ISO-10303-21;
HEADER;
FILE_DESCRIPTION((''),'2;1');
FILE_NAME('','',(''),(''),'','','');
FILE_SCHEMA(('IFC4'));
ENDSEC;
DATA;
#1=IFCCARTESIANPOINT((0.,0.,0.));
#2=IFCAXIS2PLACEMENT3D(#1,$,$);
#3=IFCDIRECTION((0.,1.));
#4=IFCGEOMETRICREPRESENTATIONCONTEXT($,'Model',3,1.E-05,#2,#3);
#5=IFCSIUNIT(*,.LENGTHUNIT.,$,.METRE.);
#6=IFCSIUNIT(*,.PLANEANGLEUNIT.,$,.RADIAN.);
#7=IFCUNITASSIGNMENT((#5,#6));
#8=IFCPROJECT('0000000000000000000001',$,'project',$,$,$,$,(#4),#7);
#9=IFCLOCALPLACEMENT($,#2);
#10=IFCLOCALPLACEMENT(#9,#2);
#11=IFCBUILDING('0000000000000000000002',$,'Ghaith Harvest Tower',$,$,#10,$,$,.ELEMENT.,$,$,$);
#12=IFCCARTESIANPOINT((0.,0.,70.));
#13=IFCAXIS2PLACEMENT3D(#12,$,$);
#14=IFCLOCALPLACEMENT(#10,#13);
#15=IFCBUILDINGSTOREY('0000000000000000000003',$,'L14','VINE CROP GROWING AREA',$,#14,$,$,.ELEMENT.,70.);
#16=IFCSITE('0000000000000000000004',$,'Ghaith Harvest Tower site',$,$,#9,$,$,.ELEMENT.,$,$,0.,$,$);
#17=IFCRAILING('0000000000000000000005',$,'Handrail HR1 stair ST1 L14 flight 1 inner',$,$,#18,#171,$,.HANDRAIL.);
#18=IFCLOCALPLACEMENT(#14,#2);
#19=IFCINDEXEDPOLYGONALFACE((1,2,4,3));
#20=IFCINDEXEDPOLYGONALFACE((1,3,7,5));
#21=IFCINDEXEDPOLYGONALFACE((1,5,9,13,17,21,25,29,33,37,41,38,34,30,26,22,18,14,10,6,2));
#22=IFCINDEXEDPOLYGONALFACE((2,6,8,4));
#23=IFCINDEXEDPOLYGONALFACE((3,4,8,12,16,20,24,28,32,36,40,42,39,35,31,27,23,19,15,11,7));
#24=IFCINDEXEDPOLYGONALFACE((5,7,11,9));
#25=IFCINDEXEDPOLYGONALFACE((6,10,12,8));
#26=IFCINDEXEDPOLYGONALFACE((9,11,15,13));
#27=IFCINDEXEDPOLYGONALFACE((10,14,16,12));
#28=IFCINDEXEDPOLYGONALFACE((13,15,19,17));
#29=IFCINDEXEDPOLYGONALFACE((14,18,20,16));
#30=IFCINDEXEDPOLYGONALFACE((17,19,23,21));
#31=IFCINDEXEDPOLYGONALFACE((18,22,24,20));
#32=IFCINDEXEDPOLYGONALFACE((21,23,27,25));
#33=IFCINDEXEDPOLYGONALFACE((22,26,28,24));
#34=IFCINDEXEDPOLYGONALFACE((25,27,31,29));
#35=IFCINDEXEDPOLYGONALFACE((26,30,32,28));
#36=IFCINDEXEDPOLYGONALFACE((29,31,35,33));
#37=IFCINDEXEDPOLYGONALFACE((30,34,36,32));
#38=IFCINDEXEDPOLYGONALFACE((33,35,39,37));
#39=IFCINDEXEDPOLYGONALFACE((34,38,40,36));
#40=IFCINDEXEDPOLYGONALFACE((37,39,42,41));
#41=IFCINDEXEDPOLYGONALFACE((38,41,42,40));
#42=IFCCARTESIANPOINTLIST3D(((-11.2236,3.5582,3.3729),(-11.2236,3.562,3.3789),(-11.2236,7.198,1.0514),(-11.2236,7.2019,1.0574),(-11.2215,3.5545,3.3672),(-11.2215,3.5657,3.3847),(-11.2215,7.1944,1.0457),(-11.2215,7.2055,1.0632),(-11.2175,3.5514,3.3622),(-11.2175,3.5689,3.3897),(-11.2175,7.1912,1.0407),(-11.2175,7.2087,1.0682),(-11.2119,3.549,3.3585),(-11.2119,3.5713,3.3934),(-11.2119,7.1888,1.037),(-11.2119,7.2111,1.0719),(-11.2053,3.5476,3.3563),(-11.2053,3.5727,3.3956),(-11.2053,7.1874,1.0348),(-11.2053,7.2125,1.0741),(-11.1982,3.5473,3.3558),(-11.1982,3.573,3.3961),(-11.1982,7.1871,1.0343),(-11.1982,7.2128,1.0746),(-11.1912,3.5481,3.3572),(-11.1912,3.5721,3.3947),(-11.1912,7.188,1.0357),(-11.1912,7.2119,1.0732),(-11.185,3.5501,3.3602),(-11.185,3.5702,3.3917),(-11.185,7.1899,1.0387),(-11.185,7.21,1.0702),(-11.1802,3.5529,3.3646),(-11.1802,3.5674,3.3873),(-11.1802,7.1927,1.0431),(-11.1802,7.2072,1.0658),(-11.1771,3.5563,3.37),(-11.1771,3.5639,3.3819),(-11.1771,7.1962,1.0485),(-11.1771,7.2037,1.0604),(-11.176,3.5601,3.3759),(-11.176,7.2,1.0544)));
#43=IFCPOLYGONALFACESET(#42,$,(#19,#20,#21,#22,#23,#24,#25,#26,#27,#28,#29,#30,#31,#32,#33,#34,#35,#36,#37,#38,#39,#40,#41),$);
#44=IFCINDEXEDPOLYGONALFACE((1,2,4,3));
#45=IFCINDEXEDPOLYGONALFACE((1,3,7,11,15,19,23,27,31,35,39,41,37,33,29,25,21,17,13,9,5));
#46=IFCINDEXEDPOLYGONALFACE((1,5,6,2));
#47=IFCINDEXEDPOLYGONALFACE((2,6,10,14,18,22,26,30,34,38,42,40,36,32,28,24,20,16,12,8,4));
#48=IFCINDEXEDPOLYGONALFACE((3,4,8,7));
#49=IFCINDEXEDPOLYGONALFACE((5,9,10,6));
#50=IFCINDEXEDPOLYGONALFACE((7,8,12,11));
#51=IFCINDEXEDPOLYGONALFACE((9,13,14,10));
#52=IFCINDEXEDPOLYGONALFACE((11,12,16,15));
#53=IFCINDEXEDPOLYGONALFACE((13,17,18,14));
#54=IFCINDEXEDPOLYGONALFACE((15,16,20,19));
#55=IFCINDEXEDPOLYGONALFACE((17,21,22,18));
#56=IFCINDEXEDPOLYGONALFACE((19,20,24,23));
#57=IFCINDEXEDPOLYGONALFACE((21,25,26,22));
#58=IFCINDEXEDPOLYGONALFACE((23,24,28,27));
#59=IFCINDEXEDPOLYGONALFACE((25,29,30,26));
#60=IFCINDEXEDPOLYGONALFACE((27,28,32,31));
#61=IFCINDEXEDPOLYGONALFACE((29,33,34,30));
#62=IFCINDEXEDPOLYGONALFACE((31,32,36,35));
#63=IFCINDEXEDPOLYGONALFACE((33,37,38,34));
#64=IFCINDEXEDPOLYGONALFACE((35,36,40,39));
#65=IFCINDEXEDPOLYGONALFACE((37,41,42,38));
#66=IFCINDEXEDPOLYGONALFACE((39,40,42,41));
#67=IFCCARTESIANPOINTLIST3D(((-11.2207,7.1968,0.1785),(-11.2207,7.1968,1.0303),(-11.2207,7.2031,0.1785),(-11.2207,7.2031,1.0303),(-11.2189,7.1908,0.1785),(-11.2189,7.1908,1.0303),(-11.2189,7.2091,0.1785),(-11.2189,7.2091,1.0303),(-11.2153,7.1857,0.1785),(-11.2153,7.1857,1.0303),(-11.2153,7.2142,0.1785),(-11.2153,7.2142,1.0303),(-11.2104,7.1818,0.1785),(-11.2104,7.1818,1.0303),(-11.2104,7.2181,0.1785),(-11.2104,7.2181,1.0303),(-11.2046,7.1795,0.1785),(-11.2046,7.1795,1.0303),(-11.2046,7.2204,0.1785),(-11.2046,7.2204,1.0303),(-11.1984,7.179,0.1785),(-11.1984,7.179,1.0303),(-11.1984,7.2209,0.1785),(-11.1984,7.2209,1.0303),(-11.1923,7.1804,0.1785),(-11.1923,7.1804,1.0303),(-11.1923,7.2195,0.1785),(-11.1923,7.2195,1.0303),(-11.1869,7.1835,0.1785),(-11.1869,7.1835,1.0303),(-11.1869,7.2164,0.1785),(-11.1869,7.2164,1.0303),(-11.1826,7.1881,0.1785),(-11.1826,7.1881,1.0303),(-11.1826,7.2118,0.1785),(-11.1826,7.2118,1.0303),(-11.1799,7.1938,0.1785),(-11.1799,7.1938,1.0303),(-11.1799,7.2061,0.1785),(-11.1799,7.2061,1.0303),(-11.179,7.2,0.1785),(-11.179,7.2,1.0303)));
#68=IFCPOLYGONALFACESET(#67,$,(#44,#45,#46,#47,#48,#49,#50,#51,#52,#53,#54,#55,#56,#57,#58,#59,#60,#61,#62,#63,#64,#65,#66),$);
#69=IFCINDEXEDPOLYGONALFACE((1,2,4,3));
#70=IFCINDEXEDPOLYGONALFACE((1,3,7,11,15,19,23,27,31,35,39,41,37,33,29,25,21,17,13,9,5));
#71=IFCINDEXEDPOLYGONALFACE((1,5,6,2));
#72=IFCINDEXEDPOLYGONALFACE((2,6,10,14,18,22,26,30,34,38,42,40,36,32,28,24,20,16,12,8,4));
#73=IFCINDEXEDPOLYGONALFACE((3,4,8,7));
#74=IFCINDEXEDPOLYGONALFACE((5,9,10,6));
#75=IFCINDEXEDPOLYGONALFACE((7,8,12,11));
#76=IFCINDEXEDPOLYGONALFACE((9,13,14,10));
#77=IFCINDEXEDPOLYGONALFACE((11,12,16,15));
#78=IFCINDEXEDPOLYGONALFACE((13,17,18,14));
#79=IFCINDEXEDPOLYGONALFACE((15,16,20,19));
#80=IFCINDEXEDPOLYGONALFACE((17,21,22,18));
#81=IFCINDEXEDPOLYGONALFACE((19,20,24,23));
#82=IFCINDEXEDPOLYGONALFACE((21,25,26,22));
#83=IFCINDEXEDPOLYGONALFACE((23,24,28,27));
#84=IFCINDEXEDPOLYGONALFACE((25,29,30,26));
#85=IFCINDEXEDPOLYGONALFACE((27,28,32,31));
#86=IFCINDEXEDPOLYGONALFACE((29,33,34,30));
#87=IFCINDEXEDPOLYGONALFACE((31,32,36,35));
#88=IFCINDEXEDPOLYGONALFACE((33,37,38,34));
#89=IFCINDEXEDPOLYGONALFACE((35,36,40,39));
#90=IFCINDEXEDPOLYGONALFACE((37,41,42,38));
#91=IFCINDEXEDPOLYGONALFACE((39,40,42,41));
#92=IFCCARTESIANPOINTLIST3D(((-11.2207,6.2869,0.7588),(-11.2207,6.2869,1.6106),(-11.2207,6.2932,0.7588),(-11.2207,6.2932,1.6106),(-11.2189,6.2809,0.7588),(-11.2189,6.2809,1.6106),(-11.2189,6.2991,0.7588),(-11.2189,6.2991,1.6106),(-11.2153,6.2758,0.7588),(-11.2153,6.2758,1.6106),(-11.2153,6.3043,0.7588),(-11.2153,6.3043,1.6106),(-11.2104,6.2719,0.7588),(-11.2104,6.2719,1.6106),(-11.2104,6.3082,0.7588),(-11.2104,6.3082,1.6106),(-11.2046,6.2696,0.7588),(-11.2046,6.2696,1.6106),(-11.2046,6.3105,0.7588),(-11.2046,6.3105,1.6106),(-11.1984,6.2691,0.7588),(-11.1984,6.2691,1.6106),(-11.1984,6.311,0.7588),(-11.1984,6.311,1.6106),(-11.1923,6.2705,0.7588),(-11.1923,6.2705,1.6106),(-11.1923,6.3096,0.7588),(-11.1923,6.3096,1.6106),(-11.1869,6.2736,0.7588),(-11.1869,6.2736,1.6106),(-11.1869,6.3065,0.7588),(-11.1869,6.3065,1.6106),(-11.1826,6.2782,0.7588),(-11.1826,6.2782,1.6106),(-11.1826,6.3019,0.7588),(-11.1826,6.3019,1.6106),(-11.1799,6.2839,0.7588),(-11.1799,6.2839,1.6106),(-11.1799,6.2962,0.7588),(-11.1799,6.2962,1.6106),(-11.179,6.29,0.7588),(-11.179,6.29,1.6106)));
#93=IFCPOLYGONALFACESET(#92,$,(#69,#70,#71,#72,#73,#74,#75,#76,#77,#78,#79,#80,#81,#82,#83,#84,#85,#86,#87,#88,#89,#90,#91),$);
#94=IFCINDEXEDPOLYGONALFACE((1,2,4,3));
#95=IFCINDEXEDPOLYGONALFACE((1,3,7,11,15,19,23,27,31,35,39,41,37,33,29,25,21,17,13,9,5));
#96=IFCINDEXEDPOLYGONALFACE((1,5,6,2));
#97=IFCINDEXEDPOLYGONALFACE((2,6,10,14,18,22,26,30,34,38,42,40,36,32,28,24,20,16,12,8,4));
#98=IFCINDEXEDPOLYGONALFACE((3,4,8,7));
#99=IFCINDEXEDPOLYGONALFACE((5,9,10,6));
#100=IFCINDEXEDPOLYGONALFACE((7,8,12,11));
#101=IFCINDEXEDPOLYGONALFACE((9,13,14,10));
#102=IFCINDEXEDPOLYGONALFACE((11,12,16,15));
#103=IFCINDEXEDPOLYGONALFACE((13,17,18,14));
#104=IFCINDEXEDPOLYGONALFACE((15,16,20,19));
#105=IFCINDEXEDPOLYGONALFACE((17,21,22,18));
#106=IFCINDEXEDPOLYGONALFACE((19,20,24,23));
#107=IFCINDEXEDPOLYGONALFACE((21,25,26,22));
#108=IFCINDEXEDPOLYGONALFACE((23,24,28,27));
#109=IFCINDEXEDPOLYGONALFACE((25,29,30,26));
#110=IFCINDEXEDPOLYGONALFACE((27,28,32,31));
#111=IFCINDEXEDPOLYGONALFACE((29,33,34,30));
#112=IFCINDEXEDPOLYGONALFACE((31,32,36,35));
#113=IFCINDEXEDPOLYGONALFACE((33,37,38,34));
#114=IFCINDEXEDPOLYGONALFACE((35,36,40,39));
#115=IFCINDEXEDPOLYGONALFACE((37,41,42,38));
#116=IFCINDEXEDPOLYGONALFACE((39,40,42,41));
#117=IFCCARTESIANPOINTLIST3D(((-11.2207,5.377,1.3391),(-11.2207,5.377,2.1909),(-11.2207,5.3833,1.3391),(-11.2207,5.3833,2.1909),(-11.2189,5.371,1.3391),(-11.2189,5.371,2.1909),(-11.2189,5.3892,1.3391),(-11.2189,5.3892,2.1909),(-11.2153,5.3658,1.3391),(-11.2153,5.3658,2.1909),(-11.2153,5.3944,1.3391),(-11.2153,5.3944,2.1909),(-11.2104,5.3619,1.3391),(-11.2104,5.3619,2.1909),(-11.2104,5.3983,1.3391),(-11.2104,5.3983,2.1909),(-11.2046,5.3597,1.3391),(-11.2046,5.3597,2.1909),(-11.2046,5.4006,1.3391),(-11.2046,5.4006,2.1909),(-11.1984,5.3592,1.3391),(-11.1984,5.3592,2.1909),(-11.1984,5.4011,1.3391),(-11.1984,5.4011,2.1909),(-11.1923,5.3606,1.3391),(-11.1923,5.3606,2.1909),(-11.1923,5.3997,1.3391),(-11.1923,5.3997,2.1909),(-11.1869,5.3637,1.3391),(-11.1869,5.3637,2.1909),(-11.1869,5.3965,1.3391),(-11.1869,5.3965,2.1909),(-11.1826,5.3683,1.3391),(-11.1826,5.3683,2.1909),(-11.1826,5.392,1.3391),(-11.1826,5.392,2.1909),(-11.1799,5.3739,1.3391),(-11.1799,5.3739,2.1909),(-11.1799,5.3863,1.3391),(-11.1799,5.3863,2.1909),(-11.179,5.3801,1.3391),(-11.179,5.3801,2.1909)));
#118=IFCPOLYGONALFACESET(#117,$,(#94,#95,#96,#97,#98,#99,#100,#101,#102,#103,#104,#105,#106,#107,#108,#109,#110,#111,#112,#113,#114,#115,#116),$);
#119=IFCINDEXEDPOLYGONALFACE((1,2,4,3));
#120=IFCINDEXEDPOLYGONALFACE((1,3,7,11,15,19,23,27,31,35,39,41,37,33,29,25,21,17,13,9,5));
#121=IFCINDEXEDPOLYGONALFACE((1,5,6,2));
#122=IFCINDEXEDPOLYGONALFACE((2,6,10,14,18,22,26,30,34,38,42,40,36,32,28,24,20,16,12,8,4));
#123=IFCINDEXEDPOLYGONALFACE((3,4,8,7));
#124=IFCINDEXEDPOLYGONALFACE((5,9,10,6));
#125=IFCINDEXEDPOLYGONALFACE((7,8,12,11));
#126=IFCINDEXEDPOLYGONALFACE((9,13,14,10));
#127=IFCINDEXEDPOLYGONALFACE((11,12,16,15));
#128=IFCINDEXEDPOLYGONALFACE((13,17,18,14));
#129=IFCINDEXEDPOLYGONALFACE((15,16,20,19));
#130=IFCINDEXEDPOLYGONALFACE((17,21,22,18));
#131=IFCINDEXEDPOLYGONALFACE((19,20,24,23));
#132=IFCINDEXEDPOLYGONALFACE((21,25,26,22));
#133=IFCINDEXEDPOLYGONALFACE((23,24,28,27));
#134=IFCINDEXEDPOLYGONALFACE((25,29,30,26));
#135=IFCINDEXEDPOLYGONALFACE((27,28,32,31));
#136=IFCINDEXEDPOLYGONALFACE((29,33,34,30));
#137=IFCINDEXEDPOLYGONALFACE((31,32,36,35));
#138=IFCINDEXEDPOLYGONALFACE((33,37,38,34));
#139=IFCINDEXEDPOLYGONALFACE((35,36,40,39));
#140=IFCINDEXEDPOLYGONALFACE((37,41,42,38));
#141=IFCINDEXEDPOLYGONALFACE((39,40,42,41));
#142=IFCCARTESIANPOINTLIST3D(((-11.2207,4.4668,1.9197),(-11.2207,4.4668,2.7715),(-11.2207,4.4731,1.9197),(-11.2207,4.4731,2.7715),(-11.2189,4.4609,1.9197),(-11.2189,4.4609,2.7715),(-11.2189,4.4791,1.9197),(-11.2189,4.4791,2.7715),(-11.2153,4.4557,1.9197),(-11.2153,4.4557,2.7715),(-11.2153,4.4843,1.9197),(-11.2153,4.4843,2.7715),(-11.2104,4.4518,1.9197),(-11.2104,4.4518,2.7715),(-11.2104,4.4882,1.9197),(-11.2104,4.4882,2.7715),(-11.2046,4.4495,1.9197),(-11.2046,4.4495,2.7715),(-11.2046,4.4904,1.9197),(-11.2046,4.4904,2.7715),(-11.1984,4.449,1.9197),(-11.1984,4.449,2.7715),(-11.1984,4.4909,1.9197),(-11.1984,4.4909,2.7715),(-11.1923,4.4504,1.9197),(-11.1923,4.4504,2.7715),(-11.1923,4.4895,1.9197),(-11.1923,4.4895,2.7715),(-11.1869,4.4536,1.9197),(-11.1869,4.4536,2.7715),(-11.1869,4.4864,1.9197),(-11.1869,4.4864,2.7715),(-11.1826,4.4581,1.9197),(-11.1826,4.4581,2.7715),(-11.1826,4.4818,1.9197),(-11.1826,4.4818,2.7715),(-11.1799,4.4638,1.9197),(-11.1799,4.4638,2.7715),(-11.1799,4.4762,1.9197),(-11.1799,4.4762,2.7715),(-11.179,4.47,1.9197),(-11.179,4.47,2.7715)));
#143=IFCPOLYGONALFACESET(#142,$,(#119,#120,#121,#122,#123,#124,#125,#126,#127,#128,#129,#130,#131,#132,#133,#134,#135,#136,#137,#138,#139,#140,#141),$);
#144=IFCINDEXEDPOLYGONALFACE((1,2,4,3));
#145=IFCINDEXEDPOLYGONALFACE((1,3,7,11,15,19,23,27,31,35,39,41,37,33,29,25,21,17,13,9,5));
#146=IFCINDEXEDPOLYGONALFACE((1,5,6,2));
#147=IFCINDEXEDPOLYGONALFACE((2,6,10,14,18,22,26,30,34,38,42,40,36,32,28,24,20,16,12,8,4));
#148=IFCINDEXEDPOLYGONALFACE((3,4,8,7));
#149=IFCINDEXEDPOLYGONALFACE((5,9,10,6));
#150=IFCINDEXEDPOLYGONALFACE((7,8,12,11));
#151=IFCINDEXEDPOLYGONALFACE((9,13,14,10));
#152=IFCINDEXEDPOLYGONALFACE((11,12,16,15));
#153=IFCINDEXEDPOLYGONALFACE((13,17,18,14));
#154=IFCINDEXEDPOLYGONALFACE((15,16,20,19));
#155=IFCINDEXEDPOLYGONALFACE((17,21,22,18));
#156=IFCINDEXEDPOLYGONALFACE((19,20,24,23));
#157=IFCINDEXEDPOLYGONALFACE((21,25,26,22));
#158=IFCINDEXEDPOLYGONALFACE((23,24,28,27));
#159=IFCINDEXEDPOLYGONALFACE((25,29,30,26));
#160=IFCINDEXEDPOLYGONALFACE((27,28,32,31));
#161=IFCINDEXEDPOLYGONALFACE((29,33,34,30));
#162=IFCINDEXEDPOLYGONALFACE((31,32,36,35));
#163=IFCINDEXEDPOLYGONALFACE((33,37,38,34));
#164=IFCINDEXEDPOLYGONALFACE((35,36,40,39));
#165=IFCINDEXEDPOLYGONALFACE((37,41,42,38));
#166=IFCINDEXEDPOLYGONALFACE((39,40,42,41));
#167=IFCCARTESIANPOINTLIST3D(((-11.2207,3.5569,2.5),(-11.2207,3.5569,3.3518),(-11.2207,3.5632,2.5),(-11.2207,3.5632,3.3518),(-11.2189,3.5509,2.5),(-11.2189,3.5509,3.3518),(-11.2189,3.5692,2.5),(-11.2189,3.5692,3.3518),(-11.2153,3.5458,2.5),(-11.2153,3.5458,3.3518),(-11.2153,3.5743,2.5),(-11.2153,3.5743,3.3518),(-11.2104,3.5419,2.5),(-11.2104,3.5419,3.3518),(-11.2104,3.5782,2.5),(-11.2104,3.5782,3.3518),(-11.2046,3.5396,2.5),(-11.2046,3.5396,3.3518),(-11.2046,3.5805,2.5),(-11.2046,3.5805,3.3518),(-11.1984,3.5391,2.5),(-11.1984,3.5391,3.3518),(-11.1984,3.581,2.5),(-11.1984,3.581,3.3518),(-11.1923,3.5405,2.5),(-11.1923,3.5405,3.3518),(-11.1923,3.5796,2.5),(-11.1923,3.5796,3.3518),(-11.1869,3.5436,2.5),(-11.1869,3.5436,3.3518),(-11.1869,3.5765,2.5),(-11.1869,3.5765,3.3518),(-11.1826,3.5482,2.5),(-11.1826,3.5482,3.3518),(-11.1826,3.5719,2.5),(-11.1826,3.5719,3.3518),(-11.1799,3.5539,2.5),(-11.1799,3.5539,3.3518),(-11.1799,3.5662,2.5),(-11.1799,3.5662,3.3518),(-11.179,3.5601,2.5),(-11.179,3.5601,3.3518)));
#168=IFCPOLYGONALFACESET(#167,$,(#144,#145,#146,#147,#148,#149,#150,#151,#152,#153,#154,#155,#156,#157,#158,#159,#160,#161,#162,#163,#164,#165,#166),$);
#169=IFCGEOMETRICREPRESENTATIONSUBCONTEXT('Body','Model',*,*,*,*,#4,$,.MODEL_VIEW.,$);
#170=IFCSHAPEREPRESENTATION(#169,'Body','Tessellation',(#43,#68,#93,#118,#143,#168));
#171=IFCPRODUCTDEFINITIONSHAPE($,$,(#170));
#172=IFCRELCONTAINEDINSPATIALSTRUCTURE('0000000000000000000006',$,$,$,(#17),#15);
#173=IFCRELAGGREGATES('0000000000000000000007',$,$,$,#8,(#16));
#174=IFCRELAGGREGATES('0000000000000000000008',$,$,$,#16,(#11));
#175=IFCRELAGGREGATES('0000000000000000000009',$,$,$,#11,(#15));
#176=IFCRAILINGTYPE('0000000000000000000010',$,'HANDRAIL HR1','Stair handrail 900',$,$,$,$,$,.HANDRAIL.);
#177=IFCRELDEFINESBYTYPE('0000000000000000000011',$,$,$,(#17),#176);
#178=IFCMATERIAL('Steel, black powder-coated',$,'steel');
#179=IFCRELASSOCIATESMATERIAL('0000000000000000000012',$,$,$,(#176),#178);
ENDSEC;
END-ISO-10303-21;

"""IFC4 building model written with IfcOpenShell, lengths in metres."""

from ifc_helpers import new_model, si_unit, direction, frame, origin, origin_2d, place, context, subcontext, project, spatial, circle, extrude, material, type_object, element, save


model = new_model("IFC4")

# Units and contexts
model_context = context("Model", 3, precision=1e-05, world=origin(), true_north=direction((0.0, 1.0)))
body_context = subcontext(model_context, "Body", "Model", "MODEL_VIEW")
ifc_project = project(units=[si_unit("LENGTHUNIT", "METRE"), si_unit("PLANEANGLEUNIT", "RADIAN")], contexts=[model_context])

# Site, building, storey
site_placement = place(None, origin())
site = spatial("IfcSite", under=ifc_project, at=site_placement, Name="Ghaith Harvest Tower site", CompositionType="ELEMENT", RefElevation=0.0)
building_placement = place(site_placement, origin())
building = spatial("IfcBuilding", under=site, at=building_placement, Name="Ghaith Harvest Tower", CompositionType="ELEMENT")
storey_placement = place(building_placement, frame((0.0, 0.0, 70.0)))
storey = spatial("IfcBuildingStorey", under=building, at=storey_placement, Name="L14", Description="VINE CROP GROWING AREA", CompositionType="ELEMENT", Elevation=70.0)

# Railing
ifc_material_1 = material(Name="Steel, black powder-coated", Category="steel")
railing_type = type_object("IfcRailingType", Name="HANDRAIL HR1", Description="Stair handrail 900", PredefinedType="HANDRAIL", material=ifc_material_1)
railing_1_placement = place(storey_placement, frame((-11.2, 7.2, 0.1785)))
element("IfcRailing", 1, at=railing_1_placement, inside=storey, type_object=railing_type, Name="Handrail HR1 stair ST1 L14 flight 1 inner", PredefinedType="HANDRAIL", context=body_context, shape_type="SweptSolid", body=[
    extrude(circle(Radius=0.0239, at=origin_2d()), frame((0.0, 0.0, 0.876), z_axis=(0.0, -0.843112, 0.537739), x_axis=(1.0, 0.0, 0.0)), (0.0, 0.0, 1.0), 4.3171),
    extrude(circle(Radius=0.021, at=origin_2d()), origin(), (0.0, 0.0, 1.0), 0.8518),
    extrude(circle(Radius=0.021, at=origin_2d()), frame((0.0, -0.9099, 0.5803)), (0.0, 0.0, 1.0), 0.8518),
    extrude(circle(Radius=0.021, at=origin_2d()), frame((0.0, -1.8198, 1.1606)), (0.0, 0.0, 1.0), 0.8518),
    extrude(circle(Radius=0.021, at=origin_2d()), frame((0.0, -2.73, 1.7412)), (0.0, 0.0, 1.0), 0.8518),
    extrude(circle(Radius=0.021, at=origin_2d()), frame((0.0, -3.6399, 2.3215)), (0.0, 0.0, 1.0), 0.8518),
])

save(model, "model.ifc")
